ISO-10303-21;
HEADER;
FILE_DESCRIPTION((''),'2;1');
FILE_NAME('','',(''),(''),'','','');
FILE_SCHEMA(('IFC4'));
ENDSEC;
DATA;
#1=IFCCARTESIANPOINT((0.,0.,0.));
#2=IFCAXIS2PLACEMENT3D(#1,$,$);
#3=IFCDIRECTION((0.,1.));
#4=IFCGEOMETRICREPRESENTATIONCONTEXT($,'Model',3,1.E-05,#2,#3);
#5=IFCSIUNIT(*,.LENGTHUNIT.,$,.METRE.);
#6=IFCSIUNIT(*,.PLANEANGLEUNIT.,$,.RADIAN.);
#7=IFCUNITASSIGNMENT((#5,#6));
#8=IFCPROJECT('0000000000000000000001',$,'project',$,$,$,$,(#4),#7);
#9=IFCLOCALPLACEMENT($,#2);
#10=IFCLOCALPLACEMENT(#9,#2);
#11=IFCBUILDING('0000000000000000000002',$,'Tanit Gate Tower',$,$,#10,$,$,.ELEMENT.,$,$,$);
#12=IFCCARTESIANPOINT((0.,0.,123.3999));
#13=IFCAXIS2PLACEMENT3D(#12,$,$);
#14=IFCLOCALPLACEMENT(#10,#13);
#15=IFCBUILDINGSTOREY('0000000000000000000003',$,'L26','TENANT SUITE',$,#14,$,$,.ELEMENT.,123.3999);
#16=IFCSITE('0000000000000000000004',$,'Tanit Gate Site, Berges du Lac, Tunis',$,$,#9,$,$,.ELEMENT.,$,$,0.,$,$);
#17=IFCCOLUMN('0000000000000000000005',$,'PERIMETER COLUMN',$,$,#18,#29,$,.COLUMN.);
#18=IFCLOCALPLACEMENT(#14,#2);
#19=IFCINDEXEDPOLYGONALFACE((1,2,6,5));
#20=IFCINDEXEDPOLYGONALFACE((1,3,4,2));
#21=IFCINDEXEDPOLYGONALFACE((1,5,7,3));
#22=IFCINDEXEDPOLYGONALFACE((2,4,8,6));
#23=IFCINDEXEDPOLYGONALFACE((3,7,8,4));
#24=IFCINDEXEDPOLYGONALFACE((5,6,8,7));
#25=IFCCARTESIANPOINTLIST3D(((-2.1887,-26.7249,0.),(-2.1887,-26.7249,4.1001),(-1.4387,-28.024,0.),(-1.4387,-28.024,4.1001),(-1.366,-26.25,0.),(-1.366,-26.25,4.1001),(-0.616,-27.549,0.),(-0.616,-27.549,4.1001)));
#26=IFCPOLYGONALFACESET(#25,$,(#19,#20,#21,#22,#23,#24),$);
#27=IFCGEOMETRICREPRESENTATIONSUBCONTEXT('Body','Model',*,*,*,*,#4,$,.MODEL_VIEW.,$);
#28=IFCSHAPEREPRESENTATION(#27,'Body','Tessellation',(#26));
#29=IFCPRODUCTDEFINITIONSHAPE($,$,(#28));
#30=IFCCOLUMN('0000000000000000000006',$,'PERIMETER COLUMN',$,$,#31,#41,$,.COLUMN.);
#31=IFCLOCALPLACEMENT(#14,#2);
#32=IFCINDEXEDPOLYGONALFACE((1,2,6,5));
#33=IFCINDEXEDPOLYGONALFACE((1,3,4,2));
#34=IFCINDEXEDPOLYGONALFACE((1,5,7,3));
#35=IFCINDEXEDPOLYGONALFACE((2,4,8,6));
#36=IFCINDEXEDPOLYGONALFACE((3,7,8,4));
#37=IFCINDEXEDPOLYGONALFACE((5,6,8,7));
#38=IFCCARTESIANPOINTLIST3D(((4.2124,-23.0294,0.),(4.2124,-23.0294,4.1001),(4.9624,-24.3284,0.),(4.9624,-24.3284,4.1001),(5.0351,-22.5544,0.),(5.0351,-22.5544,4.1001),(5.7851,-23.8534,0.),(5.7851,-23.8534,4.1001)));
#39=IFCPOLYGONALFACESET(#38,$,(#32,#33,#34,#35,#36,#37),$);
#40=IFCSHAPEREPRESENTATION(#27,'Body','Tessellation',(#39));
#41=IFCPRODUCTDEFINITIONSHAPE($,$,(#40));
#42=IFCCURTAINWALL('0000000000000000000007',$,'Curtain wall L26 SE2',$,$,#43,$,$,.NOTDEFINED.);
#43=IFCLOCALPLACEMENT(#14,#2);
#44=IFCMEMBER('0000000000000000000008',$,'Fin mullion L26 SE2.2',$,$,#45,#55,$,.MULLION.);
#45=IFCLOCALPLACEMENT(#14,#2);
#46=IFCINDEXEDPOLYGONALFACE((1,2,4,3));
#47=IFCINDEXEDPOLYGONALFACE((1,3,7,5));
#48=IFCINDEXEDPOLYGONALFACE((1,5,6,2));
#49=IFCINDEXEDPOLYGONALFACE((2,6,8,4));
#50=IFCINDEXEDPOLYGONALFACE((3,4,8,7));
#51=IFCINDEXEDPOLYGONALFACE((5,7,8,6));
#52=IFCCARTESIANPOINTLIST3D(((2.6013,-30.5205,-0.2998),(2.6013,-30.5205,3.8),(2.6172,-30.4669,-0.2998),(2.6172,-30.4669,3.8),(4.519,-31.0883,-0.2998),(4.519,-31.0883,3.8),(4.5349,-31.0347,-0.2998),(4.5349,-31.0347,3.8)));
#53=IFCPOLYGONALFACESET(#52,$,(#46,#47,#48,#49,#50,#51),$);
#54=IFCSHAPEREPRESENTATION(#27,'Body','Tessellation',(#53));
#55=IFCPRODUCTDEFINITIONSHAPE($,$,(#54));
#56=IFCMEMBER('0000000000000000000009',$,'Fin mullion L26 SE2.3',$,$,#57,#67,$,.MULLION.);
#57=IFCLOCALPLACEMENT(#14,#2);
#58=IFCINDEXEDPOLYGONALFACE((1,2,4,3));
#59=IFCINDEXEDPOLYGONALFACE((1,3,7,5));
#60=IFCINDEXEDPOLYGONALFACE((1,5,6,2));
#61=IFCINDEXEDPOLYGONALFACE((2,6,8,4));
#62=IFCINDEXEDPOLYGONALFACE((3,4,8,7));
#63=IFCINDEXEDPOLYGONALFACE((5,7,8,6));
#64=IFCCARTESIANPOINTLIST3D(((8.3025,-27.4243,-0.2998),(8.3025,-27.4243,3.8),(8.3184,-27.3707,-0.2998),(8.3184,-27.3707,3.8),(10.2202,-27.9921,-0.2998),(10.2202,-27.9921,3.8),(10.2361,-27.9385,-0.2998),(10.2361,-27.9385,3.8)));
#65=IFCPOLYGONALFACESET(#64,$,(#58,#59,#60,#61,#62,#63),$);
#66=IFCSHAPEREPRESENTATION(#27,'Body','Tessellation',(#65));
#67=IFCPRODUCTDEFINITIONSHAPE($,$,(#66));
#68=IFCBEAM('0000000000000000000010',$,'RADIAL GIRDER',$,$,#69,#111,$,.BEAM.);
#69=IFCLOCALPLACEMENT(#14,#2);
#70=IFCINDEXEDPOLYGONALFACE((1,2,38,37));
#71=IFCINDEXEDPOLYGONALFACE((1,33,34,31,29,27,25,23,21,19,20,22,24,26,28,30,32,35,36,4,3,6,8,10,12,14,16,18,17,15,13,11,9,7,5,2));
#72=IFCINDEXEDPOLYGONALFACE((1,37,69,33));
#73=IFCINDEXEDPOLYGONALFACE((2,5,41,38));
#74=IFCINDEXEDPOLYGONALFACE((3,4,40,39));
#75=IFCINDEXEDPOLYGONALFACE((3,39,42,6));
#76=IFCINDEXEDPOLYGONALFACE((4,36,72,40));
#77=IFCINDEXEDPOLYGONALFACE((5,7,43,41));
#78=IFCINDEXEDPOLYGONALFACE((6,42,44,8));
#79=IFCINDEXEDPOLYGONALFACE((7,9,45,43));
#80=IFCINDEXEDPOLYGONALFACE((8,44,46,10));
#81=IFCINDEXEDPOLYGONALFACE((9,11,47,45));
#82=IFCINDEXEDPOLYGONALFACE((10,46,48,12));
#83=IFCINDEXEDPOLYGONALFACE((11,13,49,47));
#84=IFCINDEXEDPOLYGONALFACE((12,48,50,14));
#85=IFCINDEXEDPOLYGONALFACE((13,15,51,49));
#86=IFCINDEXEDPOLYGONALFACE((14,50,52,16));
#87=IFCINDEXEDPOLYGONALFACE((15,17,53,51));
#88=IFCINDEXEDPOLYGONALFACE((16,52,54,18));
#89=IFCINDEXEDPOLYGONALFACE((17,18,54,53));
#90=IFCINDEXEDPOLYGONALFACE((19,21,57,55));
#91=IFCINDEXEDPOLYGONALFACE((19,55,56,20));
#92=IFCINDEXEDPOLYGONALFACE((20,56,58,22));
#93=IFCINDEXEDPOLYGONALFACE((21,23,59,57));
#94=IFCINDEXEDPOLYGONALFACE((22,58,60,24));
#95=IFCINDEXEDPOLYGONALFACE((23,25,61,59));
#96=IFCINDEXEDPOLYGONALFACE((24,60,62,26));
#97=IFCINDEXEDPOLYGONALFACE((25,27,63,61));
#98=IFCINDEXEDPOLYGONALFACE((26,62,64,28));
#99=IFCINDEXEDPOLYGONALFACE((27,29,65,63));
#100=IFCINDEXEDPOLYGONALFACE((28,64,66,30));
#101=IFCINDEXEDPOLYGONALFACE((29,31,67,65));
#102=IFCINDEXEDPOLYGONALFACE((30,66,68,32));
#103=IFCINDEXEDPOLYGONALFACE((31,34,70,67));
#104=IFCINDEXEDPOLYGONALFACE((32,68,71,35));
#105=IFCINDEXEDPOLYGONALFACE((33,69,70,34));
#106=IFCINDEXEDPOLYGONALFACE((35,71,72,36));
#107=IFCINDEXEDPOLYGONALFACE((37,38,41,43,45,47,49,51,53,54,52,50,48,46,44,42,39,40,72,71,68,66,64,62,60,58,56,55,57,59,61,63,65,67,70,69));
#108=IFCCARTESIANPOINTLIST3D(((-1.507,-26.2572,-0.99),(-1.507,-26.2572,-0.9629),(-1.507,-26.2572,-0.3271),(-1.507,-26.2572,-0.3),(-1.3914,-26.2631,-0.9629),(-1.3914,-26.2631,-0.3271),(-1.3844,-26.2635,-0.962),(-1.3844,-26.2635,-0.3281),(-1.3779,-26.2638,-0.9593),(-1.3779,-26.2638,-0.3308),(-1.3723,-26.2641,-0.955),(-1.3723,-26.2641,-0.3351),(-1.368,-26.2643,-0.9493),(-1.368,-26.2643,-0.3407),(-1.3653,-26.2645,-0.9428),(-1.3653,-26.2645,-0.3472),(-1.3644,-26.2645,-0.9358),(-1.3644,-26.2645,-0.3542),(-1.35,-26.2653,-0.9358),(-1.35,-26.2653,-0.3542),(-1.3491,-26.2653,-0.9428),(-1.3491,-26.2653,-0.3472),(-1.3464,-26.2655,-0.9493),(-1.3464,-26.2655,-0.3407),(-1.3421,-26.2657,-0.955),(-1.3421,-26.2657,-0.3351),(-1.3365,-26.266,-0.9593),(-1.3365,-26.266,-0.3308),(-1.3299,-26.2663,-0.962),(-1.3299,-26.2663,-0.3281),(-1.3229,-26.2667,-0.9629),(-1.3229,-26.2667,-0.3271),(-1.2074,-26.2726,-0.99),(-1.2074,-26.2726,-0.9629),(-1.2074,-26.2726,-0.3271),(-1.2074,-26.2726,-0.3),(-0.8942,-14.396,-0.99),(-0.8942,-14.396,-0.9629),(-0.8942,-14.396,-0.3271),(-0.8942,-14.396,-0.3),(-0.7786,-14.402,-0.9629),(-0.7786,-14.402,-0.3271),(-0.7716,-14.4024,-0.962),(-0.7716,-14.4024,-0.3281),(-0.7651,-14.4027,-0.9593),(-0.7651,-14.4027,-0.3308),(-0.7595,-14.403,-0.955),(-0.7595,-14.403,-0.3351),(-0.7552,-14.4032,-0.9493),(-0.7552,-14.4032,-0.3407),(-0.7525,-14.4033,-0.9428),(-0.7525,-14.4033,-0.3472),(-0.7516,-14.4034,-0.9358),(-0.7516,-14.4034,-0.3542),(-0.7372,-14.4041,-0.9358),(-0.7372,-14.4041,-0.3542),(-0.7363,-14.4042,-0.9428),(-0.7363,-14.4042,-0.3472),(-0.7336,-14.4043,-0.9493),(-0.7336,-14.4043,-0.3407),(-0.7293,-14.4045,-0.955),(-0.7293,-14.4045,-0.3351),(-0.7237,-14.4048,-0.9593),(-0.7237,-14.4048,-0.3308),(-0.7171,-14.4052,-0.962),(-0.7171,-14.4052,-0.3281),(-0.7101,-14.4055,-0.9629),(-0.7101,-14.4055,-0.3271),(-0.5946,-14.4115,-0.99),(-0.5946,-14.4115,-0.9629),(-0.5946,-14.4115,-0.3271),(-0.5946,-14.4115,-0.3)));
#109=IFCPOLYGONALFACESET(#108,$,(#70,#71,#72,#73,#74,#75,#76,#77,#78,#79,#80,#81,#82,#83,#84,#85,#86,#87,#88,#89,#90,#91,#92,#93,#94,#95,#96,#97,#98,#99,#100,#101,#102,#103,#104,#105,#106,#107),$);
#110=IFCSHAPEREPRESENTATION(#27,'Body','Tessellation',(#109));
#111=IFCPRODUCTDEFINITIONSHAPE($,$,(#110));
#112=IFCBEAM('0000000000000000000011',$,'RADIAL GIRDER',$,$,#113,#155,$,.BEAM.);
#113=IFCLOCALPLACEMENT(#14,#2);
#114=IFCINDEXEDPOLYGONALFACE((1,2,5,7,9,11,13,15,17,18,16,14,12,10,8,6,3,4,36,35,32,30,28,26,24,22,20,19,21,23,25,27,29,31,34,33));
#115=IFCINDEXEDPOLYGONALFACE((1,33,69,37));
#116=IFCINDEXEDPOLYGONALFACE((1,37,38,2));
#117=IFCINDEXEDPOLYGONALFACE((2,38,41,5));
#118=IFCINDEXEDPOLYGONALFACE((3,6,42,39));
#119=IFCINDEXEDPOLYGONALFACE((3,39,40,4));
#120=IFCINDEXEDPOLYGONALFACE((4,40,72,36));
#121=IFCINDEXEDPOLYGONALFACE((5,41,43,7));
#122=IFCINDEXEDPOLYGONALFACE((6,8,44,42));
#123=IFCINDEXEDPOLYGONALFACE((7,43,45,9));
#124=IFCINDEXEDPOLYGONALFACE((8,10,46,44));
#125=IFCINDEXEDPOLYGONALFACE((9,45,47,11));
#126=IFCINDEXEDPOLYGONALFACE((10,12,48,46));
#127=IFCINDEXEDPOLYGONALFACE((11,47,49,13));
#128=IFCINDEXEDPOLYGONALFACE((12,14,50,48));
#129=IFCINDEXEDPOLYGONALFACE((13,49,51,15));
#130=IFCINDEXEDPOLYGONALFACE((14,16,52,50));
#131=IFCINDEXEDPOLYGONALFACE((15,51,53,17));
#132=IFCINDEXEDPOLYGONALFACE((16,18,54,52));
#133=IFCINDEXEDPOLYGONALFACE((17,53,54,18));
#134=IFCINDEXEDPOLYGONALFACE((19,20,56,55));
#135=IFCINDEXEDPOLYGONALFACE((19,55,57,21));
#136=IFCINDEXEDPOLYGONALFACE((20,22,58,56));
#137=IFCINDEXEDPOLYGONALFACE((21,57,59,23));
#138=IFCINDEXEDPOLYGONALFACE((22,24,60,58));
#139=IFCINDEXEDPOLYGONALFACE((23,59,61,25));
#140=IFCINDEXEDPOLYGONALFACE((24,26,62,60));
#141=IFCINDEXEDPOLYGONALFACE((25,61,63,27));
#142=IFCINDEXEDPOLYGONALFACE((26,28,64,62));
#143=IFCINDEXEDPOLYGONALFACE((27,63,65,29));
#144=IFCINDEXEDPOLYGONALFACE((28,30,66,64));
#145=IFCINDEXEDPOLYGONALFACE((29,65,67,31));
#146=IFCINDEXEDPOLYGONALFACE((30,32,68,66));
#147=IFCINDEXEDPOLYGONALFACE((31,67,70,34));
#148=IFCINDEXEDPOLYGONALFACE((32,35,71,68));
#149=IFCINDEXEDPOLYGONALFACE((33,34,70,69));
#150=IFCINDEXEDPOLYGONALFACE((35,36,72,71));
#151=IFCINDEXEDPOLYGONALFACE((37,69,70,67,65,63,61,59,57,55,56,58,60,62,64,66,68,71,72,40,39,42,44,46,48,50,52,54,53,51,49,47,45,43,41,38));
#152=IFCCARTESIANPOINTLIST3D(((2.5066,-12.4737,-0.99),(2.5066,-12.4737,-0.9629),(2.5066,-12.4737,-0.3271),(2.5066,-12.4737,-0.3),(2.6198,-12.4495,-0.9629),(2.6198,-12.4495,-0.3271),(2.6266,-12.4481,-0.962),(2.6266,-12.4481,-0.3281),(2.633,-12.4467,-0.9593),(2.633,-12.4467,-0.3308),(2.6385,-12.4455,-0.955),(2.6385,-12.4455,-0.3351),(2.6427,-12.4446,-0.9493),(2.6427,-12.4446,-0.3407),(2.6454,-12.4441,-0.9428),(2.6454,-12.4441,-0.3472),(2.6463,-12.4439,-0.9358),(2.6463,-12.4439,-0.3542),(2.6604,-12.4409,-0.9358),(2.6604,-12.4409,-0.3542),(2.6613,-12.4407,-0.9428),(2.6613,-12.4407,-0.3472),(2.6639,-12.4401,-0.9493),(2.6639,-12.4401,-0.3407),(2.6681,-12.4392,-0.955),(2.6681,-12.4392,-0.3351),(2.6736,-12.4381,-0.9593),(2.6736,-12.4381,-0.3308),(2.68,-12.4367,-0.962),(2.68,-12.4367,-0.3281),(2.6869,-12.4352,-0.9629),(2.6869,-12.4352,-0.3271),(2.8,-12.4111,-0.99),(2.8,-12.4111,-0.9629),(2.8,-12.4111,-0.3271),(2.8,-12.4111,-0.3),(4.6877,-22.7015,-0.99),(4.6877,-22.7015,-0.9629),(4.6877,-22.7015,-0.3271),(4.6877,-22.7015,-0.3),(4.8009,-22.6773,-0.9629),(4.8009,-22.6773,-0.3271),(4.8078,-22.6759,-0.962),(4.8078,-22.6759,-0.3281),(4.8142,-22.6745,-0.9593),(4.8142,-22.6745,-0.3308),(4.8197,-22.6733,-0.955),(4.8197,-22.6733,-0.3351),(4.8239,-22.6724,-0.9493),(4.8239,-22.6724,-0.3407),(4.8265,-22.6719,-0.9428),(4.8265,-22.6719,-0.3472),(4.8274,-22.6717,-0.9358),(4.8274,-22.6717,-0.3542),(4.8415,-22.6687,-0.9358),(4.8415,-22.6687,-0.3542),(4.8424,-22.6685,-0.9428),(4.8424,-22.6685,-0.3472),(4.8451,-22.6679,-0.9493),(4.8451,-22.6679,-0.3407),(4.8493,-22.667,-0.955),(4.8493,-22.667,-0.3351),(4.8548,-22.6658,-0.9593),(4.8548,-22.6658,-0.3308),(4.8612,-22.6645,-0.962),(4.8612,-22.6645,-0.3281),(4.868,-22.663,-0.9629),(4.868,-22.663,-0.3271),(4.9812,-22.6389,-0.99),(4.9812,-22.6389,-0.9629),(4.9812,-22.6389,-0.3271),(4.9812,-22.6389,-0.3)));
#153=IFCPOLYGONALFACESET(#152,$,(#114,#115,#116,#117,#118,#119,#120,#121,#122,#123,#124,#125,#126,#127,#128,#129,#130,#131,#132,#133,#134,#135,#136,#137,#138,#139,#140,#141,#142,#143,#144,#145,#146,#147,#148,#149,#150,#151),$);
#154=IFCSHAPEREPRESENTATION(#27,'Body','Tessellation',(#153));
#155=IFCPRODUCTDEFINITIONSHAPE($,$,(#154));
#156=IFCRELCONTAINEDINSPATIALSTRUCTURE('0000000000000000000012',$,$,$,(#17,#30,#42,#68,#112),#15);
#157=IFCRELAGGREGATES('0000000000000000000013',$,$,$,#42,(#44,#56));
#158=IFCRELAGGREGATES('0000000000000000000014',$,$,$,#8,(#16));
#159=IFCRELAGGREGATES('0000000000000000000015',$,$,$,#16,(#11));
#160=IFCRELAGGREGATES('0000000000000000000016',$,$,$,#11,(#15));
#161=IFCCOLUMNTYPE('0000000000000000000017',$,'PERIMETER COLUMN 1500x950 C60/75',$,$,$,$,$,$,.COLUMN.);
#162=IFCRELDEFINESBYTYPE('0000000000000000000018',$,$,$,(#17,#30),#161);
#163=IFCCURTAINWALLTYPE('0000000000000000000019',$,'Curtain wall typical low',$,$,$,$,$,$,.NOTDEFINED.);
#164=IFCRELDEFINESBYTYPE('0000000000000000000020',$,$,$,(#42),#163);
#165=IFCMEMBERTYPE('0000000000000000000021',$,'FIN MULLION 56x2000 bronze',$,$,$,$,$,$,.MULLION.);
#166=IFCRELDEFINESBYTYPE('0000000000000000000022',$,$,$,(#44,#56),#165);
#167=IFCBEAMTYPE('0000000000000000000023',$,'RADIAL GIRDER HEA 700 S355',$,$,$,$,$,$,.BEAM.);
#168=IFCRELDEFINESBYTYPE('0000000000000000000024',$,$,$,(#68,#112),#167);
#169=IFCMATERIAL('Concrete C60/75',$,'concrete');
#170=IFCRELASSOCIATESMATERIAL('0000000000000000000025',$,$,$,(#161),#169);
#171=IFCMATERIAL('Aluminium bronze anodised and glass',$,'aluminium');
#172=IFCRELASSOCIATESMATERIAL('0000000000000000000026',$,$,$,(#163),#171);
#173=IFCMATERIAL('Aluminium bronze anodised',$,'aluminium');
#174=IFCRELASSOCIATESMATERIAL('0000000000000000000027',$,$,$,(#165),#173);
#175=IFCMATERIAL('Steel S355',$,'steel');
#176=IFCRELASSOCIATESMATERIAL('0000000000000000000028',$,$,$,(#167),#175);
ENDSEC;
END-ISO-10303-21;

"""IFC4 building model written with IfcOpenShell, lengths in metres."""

from ifc_helpers import new_model, si_unit, direction, frame, origin, origin_2d, place, context, subcontext, project, spatial, rectangle, i_section, extrude, material, material_profile, profile_set, type_object, element, aggregate, save


model = new_model("IFC4")

# Units and contexts
model_context = context("Model", 3, precision=1e-05, world=origin(), true_north=direction((0.0, 1.0)))
body_context = subcontext(model_context, "Body", "Model", "MODEL_VIEW")
ifc_project = project(units=[si_unit("LENGTHUNIT", "METRE"), si_unit("PLANEANGLEUNIT", "RADIAN")], contexts=[model_context])

# Site, building, storey
site_placement = place(None, origin())
site = spatial("IfcSite", under=ifc_project, at=site_placement, Name="Tanit Gate Site, Berges du Lac, Tunis", CompositionType="ELEMENT", RefElevation=0.0)
building_placement = place(site_placement, origin())
building = spatial("IfcBuilding", under=site, at=building_placement, Name="Tanit Gate Tower", CompositionType="ELEMENT")
storey_placement = place(building_placement, frame((0.0, 0.0, 123.3999)))
storey = spatial("IfcBuildingStorey", under=building, at=storey_placement, Name="L26", Description="TENANT SUITE", CompositionType="ELEMENT", Elevation=123.3999)

# Columns
ifc_material_1 = material(Name="Concrete C60/75", Category="concrete")
ifc_material_profile_1 = material_profile(ifc_material_1, rectangle(XDim=1.5, YDim=0.95, at=origin_2d()), Name="RC 1500x950")
ifc_profile_set_1 = profile_set([ifc_material_profile_1], Name="Concrete C60/75")
column_type = type_object("IfcColumnType", Name="PERIMETER COLUMN 1500x950 C60/75", PredefinedType="COLUMN", material=ifc_profile_set_1)
for number, where, z_axis, x_axis, name in (
    (1, (-1.4023, -27.137, 0.0), (0.0, 0.0, 1.0), (0.5, -0.866025, 0.0), "PERIMETER COLUMN"),
    (2, (4.9988, -23.4414, 0.0), (0.0, 0.0, 1.0), (0.5, -0.866025, 0.0), "PERIMETER COLUMN"),
):
    element("IfcColumn", number, at=place(storey_placement, frame(where, z_axis=z_axis, x_axis=x_axis)), inside=storey, type_object=column_type, Name=name, PredefinedType="COLUMN", context=body_context, shape_type="SweptSolid", body=[
        extrude(rectangle(XDim=1.5, YDim=0.95, at=origin_2d()), origin(), (0.0, 0.0, 1.0), 4.1001),
    ])

# Curtain wall, members
ifc_material_2 = material(Name="Aluminium bronze anodised and glass", Category="aluminium")
curtain_wall_type = type_object("IfcCurtainWallType", Name="Curtain wall typical low", PredefinedType="NOTDEFINED", material=ifc_material_2)
curtain_wall_placement = place(storey_placement, origin())
curtain_wall = element("IfcCurtainWall", 3, at=curtain_wall_placement, inside=storey, type_object=curtain_wall_type, Name="Curtain wall L26 SE2", PredefinedType="NOTDEFINED")
ifc_material_3 = material(Name="Aluminium bronze anodised", Category="aluminium")
ifc_material_profile_2 = material_profile(ifc_material_3, rectangle(XDim=2.0, YDim=0.0559, at=origin_2d()), Name="56x2000 bronze fin mullion")
ifc_profile_set_2 = profile_set([ifc_material_profile_2], Name="Aluminium bronze anodised")
member_type_1 = type_object("IfcMemberType", Name="FIN MULLION 56x2000 bronze", PredefinedType="MULLION", material=ifc_profile_set_2)
member_1_placement = place(storey_placement, frame((3.5681, -30.7776, -0.2998), z_axis=(0.0, 0.0, 1.0), x_axis=(-0.958852, 0.283906, 0.0)))
member_1 = element("IfcMember", 4, at=member_1_placement, type_object=member_type_1, Name="Fin mullion L26 SE2.2", PredefinedType="MULLION", context=body_context, shape_type="SweptSolid", body=[
    extrude(rectangle(XDim=2.0, YDim=0.0559, at=origin_2d()), origin(), (0.0, 0.0, 1.0), 4.0999),
])
member_2_placement = place(storey_placement, frame((9.2693, -27.6814, -0.2998), z_axis=(0.0, 0.0, 1.0), x_axis=(-0.958852, 0.283906, 0.0)))
member_2 = element("IfcMember", 5, at=member_2_placement, type_object=member_type_1, Name="Fin mullion L26 SE2.3", PredefinedType="MULLION", context=body_context, shape_type="SweptSolid", body=[
    extrude(rectangle(XDim=2.0, YDim=0.0559, at=origin_2d()), origin(), (0.0, 0.0, 1.0), 4.0999),
])

# Beams
ifc_material_4 = material(Name="Steel S355", Category="steel")
ifc_material_profile_3 = material_profile(ifc_material_4, i_section(OverallWidth=0.3, OverallDepth=0.6899, WebThickness=0.0144, FlangeThickness=0.0271, FilletRadius=0.0271, at=origin_2d()), Name="HEA 700")
ifc_profile_set_3 = profile_set([ifc_material_profile_3], Name="Steel S355")
beam_type_1 = type_object("IfcBeamType", Name="RADIAL GIRDER HEA 700 S355", PredefinedType="BEAM", material=ifc_profile_set_3)
beam_1_placement = place(storey_placement, frame((-1.3572, -26.2649, -0.645), z_axis=(0.051595, 0.998668, 0.0), x_axis=(-0.998668, 0.051595, 0.0)))
element("IfcBeam", 6, at=beam_1_placement, inside=storey, type_object=beam_type_1, Name="RADIAL GIRDER", PredefinedType="BEAM", context=body_context, shape_type="SweptSolid", body=[
    extrude(i_section(OverallWidth=0.3, OverallDepth=0.6899, WebThickness=0.0144, FlangeThickness=0.0271, FilletRadius=0.0271, at=origin_2d()), origin(), (0.0, 0.0, 1.0), 11.877),
])
beam_2_placement = place(storey_placement, frame((4.8345, -22.6702, -0.645), z_axis=(-0.208568, 0.978008, 0.0), x_axis=(-0.978008, -0.208568, 0.0)))
element("IfcBeam", 7, at=beam_2_placement, inside=storey, type_object=beam_type_1, Name="RADIAL GIRDER", PredefinedType="BEAM", context=body_context, shape_type="SweptSolid", body=[
    extrude(i_section(OverallWidth=0.3, OverallDepth=0.6899, WebThickness=0.0144, FlangeThickness=0.0271, FilletRadius=0.0271, at=origin_2d()), origin(), (0.0, 0.0, 1.0), 10.4578),
])

aggregate(curtain_wall, [member_1, member_2])

save(model, "model.ifc")
